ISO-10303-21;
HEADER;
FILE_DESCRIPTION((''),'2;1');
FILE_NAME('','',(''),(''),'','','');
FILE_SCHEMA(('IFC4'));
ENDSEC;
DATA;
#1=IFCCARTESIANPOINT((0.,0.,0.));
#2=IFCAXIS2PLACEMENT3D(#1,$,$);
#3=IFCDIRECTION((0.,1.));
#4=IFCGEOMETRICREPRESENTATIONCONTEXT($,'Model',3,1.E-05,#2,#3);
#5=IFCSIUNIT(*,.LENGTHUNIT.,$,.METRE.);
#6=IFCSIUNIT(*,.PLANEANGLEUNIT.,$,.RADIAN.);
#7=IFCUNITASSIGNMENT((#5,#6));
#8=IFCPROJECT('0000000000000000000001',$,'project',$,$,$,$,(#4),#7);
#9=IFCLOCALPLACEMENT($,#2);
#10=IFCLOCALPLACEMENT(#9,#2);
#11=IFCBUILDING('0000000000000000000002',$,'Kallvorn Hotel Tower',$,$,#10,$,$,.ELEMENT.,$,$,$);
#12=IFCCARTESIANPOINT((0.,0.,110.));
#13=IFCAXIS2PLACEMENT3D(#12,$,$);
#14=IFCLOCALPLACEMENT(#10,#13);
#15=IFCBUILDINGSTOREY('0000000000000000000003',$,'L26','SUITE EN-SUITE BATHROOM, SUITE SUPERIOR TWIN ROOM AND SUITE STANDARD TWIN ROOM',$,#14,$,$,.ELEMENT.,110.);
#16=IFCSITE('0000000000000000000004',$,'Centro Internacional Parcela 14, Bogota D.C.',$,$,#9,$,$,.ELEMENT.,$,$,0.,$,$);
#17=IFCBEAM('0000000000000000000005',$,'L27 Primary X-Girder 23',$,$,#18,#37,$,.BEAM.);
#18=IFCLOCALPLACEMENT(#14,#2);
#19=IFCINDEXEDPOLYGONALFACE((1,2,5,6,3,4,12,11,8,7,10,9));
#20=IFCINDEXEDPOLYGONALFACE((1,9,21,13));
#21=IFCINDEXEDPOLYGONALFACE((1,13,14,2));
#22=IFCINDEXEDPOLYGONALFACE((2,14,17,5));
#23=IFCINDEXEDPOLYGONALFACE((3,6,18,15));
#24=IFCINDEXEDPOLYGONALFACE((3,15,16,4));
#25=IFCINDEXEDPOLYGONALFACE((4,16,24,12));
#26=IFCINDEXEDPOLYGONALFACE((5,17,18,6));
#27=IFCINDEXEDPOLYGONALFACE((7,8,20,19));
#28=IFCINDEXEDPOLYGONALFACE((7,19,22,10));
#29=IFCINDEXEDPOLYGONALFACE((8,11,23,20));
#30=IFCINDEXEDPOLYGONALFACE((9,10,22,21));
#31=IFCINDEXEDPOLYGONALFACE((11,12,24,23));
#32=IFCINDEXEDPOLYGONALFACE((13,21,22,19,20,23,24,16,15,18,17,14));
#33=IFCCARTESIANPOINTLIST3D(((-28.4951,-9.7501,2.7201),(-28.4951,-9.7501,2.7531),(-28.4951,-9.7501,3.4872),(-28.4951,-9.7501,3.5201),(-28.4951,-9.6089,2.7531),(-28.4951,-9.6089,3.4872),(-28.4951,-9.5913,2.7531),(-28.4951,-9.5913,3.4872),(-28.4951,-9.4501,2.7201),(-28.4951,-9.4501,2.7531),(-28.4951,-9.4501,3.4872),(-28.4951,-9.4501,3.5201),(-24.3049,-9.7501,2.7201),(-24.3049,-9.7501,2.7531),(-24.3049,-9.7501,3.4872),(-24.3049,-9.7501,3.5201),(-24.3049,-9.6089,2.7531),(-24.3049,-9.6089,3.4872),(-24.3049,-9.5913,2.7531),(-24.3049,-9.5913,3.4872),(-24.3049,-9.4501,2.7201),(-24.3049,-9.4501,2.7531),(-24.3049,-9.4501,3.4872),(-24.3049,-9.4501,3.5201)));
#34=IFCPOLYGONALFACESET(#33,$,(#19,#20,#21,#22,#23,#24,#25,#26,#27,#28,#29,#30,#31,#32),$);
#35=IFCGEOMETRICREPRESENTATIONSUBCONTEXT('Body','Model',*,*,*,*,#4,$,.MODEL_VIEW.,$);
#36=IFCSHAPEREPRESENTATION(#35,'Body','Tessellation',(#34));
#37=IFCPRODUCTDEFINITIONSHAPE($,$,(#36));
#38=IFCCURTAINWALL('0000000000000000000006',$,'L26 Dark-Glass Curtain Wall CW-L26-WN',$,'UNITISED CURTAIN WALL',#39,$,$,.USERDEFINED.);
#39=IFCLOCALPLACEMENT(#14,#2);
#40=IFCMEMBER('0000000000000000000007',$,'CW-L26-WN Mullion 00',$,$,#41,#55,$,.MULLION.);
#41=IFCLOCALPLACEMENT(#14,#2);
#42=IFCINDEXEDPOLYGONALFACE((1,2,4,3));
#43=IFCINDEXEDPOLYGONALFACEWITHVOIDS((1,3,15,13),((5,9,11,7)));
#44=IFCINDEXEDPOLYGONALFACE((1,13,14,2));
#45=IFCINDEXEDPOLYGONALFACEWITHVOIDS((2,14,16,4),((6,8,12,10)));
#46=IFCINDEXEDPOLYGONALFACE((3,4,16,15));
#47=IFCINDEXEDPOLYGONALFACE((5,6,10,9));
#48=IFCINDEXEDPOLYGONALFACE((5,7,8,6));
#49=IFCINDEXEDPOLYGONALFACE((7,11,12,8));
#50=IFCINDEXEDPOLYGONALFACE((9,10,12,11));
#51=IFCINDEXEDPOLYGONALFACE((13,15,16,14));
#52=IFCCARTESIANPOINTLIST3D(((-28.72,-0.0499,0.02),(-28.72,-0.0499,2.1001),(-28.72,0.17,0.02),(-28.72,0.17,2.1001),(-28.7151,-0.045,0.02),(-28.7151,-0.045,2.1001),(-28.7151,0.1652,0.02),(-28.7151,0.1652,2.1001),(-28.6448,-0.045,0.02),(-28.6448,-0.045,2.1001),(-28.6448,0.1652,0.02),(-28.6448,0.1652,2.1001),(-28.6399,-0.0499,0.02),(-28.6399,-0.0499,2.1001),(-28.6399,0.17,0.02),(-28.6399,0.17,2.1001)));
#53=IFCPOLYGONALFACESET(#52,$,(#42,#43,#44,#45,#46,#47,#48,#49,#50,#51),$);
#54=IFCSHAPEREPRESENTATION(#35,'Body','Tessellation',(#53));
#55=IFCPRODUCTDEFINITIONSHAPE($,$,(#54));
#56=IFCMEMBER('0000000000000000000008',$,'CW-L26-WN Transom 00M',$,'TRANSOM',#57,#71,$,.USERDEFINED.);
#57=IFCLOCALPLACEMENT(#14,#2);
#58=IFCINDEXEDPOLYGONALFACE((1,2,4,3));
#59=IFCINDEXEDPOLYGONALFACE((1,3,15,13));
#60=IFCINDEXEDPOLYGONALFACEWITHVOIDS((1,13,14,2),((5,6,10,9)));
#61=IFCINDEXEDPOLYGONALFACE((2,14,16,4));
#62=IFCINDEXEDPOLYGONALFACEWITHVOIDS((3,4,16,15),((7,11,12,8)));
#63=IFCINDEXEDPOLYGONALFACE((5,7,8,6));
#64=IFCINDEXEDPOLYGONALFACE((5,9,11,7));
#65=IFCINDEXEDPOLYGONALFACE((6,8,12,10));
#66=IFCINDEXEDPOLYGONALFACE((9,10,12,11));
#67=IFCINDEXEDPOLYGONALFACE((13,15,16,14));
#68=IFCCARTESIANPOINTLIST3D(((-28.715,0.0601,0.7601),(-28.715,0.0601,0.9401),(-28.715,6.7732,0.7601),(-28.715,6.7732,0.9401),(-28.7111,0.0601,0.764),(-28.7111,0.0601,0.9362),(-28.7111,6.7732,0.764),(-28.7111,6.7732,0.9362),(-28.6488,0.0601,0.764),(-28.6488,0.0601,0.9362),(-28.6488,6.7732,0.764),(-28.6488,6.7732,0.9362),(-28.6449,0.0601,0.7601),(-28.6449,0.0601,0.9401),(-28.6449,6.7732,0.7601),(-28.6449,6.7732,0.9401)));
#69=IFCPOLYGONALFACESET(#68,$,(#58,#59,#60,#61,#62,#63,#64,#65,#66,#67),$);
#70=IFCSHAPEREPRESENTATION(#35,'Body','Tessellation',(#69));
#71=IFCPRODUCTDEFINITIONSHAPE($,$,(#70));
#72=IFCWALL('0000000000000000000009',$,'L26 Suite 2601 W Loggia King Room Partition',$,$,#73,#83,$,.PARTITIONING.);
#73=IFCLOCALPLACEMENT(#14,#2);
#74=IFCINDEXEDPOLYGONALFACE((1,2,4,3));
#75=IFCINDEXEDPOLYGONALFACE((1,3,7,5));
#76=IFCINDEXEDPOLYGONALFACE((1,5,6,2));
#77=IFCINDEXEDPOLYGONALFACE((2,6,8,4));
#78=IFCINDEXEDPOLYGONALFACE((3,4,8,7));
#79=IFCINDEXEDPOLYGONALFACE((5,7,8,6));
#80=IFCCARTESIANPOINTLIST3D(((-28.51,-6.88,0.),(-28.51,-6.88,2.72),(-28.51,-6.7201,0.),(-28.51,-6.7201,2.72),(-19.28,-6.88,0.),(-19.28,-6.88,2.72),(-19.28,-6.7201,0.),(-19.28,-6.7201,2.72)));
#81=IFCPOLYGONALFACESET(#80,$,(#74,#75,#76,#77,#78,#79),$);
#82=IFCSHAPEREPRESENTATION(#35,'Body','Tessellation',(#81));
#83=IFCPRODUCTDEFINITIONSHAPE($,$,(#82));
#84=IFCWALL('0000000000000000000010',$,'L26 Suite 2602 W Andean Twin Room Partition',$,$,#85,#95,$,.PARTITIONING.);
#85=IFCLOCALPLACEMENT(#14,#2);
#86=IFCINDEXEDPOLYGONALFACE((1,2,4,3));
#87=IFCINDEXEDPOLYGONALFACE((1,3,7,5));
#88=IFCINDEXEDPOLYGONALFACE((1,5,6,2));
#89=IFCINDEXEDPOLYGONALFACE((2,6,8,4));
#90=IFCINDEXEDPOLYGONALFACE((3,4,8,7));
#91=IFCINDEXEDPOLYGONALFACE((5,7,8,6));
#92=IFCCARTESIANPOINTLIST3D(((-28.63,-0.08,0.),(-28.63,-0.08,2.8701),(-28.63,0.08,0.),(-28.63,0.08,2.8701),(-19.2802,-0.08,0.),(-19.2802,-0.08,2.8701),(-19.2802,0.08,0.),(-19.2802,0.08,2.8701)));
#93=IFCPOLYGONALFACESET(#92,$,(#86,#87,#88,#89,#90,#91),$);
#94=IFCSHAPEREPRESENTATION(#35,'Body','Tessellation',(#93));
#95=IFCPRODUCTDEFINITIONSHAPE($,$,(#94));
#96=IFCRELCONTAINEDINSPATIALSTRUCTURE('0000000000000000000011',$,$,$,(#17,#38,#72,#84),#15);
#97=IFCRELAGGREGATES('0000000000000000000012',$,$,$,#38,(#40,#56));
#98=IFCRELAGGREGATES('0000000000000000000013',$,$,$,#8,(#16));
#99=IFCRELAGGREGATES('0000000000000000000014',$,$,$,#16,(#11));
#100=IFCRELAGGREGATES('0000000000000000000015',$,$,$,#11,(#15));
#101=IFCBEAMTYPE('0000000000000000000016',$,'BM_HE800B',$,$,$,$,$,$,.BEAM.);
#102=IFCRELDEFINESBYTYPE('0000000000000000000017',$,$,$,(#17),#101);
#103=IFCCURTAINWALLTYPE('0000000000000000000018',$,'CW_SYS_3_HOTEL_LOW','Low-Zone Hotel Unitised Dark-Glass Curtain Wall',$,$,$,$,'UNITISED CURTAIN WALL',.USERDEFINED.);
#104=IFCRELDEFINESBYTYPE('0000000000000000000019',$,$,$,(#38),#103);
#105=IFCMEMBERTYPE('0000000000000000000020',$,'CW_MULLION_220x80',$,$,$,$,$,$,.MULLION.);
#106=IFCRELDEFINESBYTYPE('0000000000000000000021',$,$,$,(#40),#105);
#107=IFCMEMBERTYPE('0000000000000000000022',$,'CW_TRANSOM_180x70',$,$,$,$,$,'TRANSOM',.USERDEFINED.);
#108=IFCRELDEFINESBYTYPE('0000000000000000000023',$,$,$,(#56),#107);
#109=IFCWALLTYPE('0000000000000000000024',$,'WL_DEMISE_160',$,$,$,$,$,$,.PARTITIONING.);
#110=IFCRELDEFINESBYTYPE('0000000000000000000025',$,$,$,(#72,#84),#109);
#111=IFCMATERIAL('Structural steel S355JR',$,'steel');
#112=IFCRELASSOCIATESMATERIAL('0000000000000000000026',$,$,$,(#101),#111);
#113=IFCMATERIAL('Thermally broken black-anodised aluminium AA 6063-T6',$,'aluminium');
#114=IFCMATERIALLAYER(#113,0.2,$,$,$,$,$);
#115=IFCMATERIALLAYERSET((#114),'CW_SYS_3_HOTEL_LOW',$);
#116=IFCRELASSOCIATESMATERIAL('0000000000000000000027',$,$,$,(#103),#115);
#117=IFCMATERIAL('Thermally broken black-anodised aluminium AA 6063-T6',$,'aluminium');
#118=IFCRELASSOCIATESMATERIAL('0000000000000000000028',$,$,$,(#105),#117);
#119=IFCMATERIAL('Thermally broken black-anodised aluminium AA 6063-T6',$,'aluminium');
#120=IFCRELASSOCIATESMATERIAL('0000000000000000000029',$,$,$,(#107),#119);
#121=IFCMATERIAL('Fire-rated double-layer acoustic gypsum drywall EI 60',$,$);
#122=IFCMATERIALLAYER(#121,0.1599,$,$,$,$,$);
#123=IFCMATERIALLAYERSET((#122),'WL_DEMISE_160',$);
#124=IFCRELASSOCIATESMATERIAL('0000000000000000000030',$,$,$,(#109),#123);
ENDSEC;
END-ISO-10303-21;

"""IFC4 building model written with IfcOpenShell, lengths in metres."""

from ifc_helpers import new_model, si_unit, direction, frame, frame_2d, origin, origin_2d, place, context, subcontext, project, spatial, rectangle, hollow_rectangle, i_section, extrude, material, layer, layer_set, material_profile, profile_set, type_object, element, aggregate, save


model = new_model("IFC4")

# Units and contexts
model_context = context("Model", 3, precision=1e-05, world=origin(), true_north=direction((0.0, 1.0)))
body_context = subcontext(model_context, "Body", "Model", "MODEL_VIEW")
ifc_project = project(units=[si_unit("LENGTHUNIT", "METRE"), si_unit("PLANEANGLEUNIT", "RADIAN")], contexts=[model_context])

# Site, building, storey
site_placement = place(None, origin())
site = spatial("IfcSite", under=ifc_project, at=site_placement, Name="Centro Internacional Parcela 14, Bogota D.C.", CompositionType="ELEMENT", RefElevation=0.0)
building_placement = place(site_placement, origin())
building = spatial("IfcBuilding", under=site, at=building_placement, Name="Kallvorn Hotel Tower", CompositionType="ELEMENT")
storey_placement = place(building_placement, frame((0.0, 0.0, 110.0)))
storey = spatial("IfcBuildingStorey", under=building, at=storey_placement, Name="L26", Description="SUITE EN-SUITE BATHROOM, SUITE SUPERIOR TWIN ROOM AND SUITE STANDARD TWIN ROOM", CompositionType="ELEMENT", Elevation=110.0)

# Beam
ifc_material_1 = material(Name="Structural steel S355JR", Category="steel")
ifc_material_profile_1 = material_profile(ifc_material_1, i_section(OverallWidth=0.3, OverallDepth=0.8, WebThickness=0.0176, FlangeThickness=0.033, at=origin_2d()), Name="HE 800 B")
ifc_profile_set_1 = profile_set([ifc_material_profile_1], Name="Structural steel S355JR")
beam_type_1 = type_object("IfcBeamType", Name="BM_HE800B", PredefinedType="BEAM", material=ifc_profile_set_1)
beam_1_placement = place(storey_placement, frame((-28.4951, -9.6001, 3.1201), z_axis=(1.0, 0.0, 0.0), x_axis=(0.0, 1.0, 0.0)))
element("IfcBeam", 1, at=beam_1_placement, inside=storey, type_object=beam_type_1, Name="L27 Primary X-Girder 23", PredefinedType="BEAM", context=body_context, shape_type="SweptSolid", body=[
    extrude(i_section(OverallWidth=0.3, OverallDepth=0.8, WebThickness=0.0176, FlangeThickness=0.033, at=origin_2d()), origin(), (0.0, 0.0, 1.0), 4.1902),
])

# Curtain wall, members
ifc_material_2 = material(Name="Thermally broken black-anodised aluminium AA 6063-T6", Category="aluminium")
ifc_layer_1 = layer(ifc_material_2, 0.2)
ifc_layer_set_1 = layer_set([ifc_layer_1], Name="CW_SYS_3_HOTEL_LOW")
curtain_wall_type = type_object("IfcCurtainWallType", Name="CW_SYS_3_HOTEL_LOW", Description="Low-Zone Hotel Unitised Dark-Glass Curtain Wall", ElementType="UNITISED CURTAIN WALL", PredefinedType="USERDEFINED", material=ifc_layer_set_1)
curtain_wall_placement = place(storey_placement, origin())
curtain_wall = element("IfcCurtainWall", 2, at=curtain_wall_placement, inside=storey, type_object=curtain_wall_type, Name="L26 Dark-Glass Curtain Wall CW-L26-WN", ObjectType="UNITISED CURTAIN WALL", PredefinedType="USERDEFINED")
ifc_material_3 = material(Name="Thermally broken black-anodised aluminium AA 6063-T6", Category="aluminium")
ifc_material_profile_2 = material_profile(ifc_material_3, hollow_rectangle(XDim=0.0801, YDim=0.22, WallThickness=0.0049, at=origin_2d()), Name="MUL 220x80")
ifc_profile_set_2 = profile_set([ifc_material_profile_2], Name="Thermally broken black-anodised aluminium AA 6063-T6")
member_type_1 = type_object("IfcMemberType", Name="CW_MULLION_220x80", PredefinedType="MULLION", material=ifc_profile_set_2)
member_1_placement = place(storey_placement, frame((-28.6799, 0.0601, 0.02), z_axis=(0.0, 0.0, 1.0), x_axis=(1.0, 0.0, 0.0)))
member_1 = element("IfcMember", 3, at=member_1_placement, type_object=member_type_1, Name="CW-L26-WN Mullion 00", PredefinedType="MULLION", context=body_context, shape_type="SweptSolid", body=[
    extrude(hollow_rectangle(XDim=0.0801, YDim=0.22, WallThickness=0.0049, at=origin_2d()), origin(), (0.0, 0.0, 1.0), 2.0801),
])
ifc_material_4 = material(Name="Thermally broken black-anodised aluminium AA 6063-T6", Category="aluminium")
ifc_material_profile_3 = material_profile(ifc_material_4, hollow_rectangle(XDim=0.0701, YDim=0.1799, WallThickness=0.0039, at=origin_2d()), Name="TRN 180x70")
ifc_profile_set_3 = profile_set([ifc_material_profile_3], Name="Thermally broken black-anodised aluminium AA 6063-T6")
member_type_2 = type_object("IfcMemberType", Name="CW_TRANSOM_180x70", ElementType="TRANSOM", PredefinedType="USERDEFINED", material=ifc_profile_set_3)
member_2_placement = place(storey_placement, frame((-28.6799, 0.0601, 0.8501), z_axis=(0.0, 1.0, 0.0), x_axis=(-1.0, 0.0, 0.0)))
member_2 = element("IfcMember", 4, at=member_2_placement, type_object=member_type_2, Name="CW-L26-WN Transom 00M", ObjectType="TRANSOM", PredefinedType="USERDEFINED", context=body_context, shape_type="SweptSolid", body=[
    extrude(hollow_rectangle(XDim=0.0701, YDim=0.1799, WallThickness=0.0039, at=origin_2d()), origin(), (0.0, 0.0, 1.0), 6.7131),
])
aggregate(curtain_wall, [member_1, member_2])

# Shared definitions
ifc_material_5 = material(Name="Fire-rated double-layer acoustic gypsum drywall EI 60")
ifc_layer_2 = layer(ifc_material_5, 0.1599)
ifc_layer_set_2 = layer_set([ifc_layer_2], Name="WL_DEMISE_160")
wall_type = type_object("IfcWallType", Name="WL_DEMISE_160", PredefinedType="PARTITIONING", material=ifc_layer_set_2)

# Walls
wall_1_placement = place(storey_placement, frame((-28.51, -6.8, 0.0), z_axis=(0.0, 0.0, 1.0), x_axis=(1.0, 0.0, 0.0)))
element("IfcWall", 5, at=wall_1_placement, inside=storey, type_object=wall_type, Name="L26 Suite 2601 W Loggia King Room Partition", PredefinedType="PARTITIONING", context=body_context, shape_type="SweptSolid", body=[
    extrude(rectangle(XDim=9.23, YDim=0.1599, at=frame_2d((4.615, 0.0))), origin(), (0.0, 0.0, 1.0), 2.72),
])
wall_2_placement = place(storey_placement, frame((-28.6299, 0.0, 0.0), z_axis=(0.0, 0.0, 1.0), x_axis=(1.0, 0.0, 0.0)))
element("IfcWall", 6, at=wall_2_placement, inside=storey, type_object=wall_type, Name="L26 Suite 2602 W Andean Twin Room Partition", PredefinedType="PARTITIONING", context=body_context, shape_type="SweptSolid", body=[
    extrude(rectangle(XDim=9.3499, YDim=0.1599, at=frame_2d((4.6748, 0.0))), origin(), (0.0, 0.0, 1.0), 2.8701),
])

save(model, "model.ifc")
